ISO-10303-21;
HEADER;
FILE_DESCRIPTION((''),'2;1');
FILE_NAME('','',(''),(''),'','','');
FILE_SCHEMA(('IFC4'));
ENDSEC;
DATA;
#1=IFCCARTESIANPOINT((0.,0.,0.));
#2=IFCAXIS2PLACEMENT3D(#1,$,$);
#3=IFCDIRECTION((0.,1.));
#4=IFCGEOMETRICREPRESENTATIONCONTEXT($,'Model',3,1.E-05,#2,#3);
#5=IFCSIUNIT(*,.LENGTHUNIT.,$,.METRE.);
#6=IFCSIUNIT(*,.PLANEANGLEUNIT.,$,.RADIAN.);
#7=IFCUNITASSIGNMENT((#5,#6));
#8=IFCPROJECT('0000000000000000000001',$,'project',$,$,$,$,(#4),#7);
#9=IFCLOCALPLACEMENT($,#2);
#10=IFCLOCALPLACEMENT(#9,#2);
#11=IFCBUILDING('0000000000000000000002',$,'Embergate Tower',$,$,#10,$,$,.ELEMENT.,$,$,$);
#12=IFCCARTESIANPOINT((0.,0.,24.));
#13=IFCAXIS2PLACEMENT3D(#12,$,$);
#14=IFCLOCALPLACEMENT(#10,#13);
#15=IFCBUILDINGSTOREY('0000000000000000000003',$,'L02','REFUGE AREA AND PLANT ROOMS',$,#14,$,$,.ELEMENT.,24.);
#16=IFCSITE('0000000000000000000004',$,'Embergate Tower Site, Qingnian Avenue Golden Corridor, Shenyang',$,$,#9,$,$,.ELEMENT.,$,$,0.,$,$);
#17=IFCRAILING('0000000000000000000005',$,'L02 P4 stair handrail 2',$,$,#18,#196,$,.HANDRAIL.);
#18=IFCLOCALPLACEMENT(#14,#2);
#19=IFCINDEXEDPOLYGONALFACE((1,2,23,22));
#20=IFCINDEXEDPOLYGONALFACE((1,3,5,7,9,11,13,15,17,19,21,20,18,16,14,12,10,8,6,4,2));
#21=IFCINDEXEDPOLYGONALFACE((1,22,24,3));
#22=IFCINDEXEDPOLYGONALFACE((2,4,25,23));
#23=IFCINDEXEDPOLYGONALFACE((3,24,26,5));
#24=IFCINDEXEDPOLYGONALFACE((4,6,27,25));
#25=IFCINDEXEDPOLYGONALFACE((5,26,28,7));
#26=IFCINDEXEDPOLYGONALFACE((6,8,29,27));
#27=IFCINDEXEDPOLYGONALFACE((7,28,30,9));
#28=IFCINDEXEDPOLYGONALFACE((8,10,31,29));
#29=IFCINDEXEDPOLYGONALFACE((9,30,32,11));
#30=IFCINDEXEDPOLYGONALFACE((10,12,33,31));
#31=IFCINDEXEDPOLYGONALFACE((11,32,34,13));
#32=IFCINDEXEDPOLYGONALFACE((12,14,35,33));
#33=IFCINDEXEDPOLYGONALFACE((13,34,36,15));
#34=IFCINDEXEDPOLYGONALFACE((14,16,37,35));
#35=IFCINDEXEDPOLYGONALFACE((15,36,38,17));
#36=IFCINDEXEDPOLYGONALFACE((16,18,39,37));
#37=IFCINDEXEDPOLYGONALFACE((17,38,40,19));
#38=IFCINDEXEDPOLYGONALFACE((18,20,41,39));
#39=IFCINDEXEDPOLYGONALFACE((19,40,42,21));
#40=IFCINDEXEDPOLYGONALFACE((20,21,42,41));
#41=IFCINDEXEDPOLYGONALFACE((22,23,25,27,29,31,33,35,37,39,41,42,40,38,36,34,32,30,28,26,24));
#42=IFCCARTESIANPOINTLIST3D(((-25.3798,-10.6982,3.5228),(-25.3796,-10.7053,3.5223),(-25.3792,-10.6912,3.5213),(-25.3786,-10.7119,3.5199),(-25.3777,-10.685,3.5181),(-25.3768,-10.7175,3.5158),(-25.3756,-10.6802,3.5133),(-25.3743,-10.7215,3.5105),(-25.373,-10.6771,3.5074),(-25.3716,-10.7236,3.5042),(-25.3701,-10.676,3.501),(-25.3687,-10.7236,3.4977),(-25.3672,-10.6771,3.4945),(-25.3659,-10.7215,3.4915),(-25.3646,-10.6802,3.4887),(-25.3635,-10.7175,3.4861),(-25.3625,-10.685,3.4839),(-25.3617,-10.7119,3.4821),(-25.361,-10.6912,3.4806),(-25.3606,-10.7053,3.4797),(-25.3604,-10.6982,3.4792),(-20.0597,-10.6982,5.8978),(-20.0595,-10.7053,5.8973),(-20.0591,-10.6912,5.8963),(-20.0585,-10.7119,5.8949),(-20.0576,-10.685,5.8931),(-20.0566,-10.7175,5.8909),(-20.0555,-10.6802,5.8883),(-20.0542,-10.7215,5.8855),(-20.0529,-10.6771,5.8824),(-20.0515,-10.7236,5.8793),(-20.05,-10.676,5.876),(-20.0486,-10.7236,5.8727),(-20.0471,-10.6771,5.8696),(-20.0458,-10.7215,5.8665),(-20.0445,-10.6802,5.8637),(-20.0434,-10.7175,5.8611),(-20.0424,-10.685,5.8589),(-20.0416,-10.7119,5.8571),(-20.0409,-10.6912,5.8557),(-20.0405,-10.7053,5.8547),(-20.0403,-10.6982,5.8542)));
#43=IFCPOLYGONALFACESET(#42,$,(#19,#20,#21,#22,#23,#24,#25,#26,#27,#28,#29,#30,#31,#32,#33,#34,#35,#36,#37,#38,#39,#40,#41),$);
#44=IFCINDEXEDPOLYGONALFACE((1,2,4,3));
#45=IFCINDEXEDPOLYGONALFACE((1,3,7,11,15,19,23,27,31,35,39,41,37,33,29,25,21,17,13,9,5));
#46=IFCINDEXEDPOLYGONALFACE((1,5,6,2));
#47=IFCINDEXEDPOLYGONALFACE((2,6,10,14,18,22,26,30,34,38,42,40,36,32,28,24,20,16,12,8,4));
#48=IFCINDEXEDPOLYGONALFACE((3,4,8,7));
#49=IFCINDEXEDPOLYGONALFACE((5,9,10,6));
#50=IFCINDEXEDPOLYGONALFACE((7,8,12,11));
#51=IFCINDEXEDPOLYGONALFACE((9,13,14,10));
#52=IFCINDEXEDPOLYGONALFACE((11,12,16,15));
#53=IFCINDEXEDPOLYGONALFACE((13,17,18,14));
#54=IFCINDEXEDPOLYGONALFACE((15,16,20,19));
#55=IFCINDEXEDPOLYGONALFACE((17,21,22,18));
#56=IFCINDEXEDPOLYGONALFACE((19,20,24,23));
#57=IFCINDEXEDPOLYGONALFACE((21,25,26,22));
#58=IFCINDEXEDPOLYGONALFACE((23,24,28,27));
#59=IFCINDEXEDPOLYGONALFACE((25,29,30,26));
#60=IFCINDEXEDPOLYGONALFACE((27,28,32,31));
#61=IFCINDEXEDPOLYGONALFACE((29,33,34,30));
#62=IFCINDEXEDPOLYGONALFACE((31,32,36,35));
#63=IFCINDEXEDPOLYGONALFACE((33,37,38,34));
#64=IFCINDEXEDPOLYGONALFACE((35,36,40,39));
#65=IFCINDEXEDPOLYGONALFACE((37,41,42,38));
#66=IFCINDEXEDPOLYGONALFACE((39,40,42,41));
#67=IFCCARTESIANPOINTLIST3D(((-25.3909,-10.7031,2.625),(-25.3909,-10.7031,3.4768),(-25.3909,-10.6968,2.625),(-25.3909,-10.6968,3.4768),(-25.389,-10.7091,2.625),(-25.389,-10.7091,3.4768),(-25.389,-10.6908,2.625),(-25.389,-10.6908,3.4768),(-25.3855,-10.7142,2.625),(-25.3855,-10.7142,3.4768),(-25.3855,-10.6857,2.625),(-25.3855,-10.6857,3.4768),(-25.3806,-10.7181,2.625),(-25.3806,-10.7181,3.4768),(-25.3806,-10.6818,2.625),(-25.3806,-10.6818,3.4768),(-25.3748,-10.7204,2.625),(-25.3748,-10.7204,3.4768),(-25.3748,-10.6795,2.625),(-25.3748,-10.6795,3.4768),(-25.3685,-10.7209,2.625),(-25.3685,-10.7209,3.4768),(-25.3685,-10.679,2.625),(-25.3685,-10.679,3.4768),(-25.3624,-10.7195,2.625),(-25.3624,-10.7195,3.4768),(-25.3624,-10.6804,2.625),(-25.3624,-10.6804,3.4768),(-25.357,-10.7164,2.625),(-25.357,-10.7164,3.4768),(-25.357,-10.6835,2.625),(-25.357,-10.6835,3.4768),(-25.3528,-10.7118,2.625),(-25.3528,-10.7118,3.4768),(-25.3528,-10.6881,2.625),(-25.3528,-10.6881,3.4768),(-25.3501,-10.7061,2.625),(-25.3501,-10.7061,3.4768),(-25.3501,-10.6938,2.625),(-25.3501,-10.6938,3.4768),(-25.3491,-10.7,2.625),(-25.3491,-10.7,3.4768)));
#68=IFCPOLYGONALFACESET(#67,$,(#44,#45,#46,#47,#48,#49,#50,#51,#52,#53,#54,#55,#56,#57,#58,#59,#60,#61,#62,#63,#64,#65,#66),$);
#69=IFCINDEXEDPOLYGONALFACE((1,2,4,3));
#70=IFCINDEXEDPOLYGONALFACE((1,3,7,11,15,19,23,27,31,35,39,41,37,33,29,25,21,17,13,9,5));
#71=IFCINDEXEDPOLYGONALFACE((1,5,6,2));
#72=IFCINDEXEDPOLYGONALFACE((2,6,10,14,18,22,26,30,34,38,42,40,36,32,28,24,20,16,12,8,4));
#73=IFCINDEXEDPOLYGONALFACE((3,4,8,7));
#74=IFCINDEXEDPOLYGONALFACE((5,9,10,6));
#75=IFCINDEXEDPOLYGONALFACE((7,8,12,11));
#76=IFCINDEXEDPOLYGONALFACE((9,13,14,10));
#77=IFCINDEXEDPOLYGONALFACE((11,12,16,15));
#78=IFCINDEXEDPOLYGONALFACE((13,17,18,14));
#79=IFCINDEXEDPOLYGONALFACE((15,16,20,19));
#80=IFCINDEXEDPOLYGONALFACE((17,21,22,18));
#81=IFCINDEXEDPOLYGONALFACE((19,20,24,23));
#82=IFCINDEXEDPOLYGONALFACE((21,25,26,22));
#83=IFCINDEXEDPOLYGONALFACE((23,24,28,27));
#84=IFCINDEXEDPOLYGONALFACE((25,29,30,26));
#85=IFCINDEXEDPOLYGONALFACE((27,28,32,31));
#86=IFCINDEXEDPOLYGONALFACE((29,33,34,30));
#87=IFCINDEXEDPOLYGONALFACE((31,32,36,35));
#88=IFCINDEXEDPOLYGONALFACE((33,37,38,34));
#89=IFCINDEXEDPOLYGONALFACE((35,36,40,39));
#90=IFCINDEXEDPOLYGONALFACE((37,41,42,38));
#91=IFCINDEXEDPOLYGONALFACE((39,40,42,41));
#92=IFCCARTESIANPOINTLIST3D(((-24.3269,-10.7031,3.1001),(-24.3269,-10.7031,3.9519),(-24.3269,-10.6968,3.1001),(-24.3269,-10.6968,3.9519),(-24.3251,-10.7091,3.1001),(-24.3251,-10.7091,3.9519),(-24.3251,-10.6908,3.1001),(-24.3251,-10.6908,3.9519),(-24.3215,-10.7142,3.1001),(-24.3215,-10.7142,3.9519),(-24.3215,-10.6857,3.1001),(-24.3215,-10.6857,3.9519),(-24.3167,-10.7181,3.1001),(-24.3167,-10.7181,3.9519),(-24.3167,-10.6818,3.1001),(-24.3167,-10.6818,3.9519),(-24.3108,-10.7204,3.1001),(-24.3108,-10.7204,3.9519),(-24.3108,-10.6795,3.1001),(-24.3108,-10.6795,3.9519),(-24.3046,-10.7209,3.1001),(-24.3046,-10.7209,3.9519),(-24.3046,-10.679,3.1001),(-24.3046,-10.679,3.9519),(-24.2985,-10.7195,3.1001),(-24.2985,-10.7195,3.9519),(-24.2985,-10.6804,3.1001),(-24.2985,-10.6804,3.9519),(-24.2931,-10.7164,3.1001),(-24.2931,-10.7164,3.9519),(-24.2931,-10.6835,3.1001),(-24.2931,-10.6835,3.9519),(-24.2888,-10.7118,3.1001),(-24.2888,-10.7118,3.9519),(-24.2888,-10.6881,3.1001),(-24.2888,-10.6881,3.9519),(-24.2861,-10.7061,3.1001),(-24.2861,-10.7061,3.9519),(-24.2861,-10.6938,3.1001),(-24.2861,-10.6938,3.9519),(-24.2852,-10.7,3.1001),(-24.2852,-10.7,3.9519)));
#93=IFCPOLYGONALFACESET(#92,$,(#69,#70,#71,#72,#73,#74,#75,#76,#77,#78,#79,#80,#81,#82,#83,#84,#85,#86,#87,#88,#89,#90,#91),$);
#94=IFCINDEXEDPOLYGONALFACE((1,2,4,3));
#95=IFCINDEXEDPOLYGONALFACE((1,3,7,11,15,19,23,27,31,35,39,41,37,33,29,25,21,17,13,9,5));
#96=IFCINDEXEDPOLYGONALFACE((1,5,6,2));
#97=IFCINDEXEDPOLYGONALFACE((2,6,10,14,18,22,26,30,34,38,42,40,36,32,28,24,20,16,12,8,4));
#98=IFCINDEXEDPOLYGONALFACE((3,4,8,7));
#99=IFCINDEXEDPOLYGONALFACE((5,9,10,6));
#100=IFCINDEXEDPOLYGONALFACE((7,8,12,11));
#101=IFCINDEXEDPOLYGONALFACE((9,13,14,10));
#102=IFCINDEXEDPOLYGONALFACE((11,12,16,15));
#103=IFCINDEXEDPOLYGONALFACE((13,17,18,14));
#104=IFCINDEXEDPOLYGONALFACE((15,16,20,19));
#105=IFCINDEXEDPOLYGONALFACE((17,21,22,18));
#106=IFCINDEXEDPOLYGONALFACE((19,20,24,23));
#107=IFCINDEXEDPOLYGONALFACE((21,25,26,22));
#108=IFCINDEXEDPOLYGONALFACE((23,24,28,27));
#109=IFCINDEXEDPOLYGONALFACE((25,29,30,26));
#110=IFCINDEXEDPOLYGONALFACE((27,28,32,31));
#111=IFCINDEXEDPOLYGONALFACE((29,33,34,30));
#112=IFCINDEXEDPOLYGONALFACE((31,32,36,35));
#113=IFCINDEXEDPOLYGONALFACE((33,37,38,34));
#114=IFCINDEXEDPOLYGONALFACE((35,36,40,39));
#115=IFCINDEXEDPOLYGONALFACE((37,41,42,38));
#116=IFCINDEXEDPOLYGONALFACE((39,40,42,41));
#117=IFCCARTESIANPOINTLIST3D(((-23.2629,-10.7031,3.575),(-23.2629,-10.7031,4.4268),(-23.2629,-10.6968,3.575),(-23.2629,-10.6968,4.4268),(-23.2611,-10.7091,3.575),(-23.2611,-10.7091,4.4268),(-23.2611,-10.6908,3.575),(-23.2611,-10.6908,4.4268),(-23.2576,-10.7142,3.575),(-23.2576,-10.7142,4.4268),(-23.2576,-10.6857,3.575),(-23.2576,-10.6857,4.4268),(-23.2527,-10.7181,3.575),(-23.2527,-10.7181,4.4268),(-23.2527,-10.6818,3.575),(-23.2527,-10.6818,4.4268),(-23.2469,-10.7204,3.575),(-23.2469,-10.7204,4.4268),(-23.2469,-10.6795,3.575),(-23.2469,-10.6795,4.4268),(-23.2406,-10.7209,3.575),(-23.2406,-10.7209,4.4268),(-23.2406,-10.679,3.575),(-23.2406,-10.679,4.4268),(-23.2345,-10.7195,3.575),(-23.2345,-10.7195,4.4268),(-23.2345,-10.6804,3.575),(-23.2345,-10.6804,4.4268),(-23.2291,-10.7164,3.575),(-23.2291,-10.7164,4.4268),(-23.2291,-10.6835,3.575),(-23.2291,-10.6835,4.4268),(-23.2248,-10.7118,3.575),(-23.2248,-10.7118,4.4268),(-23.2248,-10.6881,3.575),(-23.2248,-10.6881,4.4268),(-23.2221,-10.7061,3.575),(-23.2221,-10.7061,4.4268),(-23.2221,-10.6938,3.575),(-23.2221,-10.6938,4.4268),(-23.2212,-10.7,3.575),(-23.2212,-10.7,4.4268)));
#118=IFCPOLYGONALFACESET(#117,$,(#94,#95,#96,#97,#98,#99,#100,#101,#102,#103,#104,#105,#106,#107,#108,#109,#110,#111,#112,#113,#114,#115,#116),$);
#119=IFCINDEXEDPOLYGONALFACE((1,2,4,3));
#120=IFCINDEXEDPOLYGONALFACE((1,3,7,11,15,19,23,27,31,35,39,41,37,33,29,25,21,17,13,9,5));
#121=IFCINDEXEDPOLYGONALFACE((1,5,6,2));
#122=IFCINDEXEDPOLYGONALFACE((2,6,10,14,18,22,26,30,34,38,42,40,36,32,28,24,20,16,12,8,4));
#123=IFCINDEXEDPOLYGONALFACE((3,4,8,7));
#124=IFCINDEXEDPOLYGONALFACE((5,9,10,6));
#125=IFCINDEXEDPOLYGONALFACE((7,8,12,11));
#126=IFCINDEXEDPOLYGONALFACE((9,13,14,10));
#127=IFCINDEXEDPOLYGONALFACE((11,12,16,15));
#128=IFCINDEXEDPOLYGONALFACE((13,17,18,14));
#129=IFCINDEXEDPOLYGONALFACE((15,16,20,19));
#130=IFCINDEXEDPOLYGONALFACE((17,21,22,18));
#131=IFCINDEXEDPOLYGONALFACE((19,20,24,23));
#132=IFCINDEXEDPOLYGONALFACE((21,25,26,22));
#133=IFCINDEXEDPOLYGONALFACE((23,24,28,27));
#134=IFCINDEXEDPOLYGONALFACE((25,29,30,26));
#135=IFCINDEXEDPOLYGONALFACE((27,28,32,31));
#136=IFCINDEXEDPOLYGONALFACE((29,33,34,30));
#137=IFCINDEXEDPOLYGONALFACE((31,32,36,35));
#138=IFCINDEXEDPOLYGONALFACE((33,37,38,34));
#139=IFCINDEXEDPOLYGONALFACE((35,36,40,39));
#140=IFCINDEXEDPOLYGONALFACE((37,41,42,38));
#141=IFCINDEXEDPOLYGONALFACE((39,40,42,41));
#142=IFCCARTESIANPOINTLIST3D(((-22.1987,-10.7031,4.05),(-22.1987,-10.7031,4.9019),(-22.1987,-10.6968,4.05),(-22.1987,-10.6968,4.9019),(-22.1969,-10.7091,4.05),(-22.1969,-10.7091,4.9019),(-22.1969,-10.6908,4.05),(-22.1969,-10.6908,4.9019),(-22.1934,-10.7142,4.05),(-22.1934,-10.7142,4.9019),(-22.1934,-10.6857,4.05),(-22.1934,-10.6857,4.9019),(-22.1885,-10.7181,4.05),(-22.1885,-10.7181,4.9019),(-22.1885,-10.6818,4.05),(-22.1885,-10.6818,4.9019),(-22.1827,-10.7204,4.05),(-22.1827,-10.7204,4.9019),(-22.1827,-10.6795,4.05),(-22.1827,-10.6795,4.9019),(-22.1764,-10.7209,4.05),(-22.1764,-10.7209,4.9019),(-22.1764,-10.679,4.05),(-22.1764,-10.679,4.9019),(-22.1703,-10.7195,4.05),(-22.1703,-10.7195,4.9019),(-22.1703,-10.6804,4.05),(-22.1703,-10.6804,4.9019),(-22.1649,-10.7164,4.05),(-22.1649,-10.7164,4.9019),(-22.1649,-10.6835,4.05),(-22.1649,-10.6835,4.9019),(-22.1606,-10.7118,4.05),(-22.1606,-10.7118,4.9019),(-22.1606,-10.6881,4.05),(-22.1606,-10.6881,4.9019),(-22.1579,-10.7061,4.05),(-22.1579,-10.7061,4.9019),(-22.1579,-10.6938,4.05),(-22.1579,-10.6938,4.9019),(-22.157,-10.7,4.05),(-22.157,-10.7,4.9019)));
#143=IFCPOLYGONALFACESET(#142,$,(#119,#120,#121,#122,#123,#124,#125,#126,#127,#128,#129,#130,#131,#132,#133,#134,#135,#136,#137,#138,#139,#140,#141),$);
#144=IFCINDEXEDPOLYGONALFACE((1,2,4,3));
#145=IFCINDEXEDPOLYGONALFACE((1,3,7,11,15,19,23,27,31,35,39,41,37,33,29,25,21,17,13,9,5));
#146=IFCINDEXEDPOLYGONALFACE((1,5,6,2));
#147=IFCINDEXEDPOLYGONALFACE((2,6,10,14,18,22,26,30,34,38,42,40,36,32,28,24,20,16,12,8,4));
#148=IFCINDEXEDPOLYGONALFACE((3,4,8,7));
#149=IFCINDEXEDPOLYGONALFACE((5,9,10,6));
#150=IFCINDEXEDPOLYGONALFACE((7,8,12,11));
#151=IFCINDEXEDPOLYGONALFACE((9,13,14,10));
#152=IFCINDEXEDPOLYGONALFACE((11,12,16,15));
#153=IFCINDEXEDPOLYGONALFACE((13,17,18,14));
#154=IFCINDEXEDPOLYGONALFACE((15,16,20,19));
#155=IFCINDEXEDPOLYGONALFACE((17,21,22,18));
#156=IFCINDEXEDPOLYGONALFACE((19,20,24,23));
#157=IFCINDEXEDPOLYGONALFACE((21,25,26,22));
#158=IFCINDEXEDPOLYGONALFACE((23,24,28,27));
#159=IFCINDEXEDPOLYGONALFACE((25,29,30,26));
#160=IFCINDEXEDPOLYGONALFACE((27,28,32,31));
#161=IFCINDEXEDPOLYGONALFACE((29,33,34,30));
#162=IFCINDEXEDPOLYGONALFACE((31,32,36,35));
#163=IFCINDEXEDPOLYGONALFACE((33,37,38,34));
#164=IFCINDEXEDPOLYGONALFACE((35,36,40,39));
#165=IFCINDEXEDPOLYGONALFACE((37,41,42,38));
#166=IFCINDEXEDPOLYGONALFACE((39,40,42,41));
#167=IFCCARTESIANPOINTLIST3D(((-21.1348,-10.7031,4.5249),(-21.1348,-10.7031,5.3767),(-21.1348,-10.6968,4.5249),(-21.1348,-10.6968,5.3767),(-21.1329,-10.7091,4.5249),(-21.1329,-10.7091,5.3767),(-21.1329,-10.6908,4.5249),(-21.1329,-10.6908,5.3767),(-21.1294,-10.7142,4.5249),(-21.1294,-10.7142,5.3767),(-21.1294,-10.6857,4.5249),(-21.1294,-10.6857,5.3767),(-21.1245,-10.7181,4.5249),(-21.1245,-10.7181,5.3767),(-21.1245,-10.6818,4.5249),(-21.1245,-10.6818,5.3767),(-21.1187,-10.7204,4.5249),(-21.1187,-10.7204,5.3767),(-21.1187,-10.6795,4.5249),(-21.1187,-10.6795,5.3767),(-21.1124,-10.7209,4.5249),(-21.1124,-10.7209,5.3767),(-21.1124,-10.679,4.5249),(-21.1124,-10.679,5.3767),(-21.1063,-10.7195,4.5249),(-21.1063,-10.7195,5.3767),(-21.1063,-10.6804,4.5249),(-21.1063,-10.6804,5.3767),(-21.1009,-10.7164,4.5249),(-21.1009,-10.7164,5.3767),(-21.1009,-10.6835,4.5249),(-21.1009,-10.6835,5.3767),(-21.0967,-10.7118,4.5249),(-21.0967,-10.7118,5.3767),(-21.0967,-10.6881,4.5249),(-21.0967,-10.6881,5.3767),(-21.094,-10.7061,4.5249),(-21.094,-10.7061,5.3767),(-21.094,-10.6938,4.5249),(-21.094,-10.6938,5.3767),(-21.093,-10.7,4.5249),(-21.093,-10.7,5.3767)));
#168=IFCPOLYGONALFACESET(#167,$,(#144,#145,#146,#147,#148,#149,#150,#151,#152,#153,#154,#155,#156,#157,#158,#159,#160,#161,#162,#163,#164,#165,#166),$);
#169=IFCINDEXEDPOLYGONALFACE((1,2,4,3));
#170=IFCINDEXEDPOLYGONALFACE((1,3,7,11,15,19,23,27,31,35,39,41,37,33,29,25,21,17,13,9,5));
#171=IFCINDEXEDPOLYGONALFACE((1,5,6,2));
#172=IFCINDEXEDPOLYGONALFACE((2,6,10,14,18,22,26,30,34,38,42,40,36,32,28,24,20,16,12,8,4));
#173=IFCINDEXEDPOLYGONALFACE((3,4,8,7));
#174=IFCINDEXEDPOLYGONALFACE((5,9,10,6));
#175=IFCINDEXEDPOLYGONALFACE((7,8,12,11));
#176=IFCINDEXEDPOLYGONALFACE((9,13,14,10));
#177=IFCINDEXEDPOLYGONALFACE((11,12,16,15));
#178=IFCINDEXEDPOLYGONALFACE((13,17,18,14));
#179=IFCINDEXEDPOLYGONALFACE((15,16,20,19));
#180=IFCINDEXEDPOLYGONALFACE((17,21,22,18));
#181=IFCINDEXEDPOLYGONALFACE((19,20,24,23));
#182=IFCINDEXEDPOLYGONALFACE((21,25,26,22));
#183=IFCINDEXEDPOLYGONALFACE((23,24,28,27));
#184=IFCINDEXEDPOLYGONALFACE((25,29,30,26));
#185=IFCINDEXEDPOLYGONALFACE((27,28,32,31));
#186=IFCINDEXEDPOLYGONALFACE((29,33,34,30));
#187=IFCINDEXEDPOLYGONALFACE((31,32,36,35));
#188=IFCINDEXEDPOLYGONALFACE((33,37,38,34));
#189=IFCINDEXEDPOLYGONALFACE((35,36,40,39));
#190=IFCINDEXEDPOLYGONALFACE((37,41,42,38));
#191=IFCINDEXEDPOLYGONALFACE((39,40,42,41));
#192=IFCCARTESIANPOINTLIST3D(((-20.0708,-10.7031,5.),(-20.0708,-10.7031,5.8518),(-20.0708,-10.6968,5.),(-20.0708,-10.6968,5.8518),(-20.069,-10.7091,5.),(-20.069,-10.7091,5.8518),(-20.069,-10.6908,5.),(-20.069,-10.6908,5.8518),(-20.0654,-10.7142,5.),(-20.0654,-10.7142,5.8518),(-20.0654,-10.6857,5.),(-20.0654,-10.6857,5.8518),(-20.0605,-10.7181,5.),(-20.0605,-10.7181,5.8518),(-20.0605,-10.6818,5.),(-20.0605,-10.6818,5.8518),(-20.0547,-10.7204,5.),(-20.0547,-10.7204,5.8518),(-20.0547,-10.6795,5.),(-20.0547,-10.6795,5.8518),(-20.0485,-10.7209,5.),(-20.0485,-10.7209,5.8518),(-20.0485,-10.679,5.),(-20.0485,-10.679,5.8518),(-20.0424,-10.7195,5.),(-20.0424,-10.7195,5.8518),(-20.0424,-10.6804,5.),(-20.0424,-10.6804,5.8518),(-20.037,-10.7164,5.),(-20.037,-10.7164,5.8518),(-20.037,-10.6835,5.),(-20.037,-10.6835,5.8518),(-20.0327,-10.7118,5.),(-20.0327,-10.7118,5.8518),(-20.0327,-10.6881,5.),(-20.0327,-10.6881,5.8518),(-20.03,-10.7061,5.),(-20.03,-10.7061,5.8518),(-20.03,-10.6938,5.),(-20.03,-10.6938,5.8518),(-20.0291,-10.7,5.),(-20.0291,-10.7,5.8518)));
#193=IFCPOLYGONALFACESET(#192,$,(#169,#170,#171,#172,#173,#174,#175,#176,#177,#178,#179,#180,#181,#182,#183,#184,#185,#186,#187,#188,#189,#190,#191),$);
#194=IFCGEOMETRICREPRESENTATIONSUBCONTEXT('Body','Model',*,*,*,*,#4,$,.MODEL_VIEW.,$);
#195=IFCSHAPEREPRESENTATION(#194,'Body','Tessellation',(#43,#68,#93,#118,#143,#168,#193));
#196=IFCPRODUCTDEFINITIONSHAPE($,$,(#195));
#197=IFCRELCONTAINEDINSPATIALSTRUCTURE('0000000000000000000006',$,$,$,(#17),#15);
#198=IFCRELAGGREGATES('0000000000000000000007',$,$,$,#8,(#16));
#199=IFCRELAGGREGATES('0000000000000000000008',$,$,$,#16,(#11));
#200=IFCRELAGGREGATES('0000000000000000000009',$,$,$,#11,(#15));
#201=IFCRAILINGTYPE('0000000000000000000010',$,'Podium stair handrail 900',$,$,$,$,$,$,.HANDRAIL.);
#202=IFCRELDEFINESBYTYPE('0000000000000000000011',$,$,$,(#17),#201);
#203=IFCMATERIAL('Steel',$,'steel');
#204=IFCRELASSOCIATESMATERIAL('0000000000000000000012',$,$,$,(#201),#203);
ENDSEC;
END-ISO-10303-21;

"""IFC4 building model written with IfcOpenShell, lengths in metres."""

from ifc_helpers import new_model, si_unit, direction, frame, origin, origin_2d, place, context, subcontext, project, spatial, circle, extrude, source, transform, mapped, material, type_object, element, save


model = new_model("IFC4")

# Units and contexts
model_context = context("Model", 3, precision=1e-05, world=origin(), true_north=direction((0.0, 1.0)))
body_context = subcontext(model_context, "Body", "Model", "MODEL_VIEW")
ifc_project = project(units=[si_unit("LENGTHUNIT", "METRE"), si_unit("PLANEANGLEUNIT", "RADIAN")], contexts=[model_context])

# Site, building, storey
site_placement = place(None, origin())
site = spatial("IfcSite", under=ifc_project, at=site_placement, Name="Embergate Tower Site, Qingnian Avenue Golden Corridor, Shenyang", CompositionType="ELEMENT", RefElevation=0.0)
building_placement = place(site_placement, origin())
building = spatial("IfcBuilding", under=site, at=building_placement, Name="Embergate Tower", CompositionType="ELEMENT")
storey_placement = place(building_placement, frame((0.0, 0.0, 24.0)))
storey = spatial("IfcBuildingStorey", under=building, at=storey_placement, Name="L02", Description="REFUGE AREA AND PLANT ROOMS", CompositionType="ELEMENT", Elevation=24.0)

# Railing
ifc_material_1 = material(Name="Steel", Category="steel")
railing_type_1 = type_object("IfcRailingType", Name="Podium stair handrail 900", PredefinedType="HANDRAIL", material=ifc_material_1)
shared_shape_1 = source(origin(), body_context, "Body", "SweptSolid", [
    extrude(circle(Radius=0.0239, at=origin_2d()), frame((0.0, 0.0, 0.876), z_axis=(0.91314, 0.0, 0.407646), x_axis=(0.0, 1.0, 0.0)), (0.0, 0.0, 1.0), 5.8262),
    extrude(circle(Radius=0.021, at=origin_2d()), origin(), (0.0, 0.0, 1.0), 0.8518),
    extrude(circle(Radius=0.021, at=origin_2d()), frame((1.064, 0.0, 0.4751)), (0.0, 0.0, 1.0), 0.8518),
    extrude(circle(Radius=0.021, at=origin_2d()), frame((2.1279, 0.0, 0.95)), (0.0, 0.0, 1.0), 0.8518),
    extrude(circle(Radius=0.021, at=origin_2d()), frame((3.1921, 0.0, 1.425)), (0.0, 0.0, 1.0), 0.8518),
    extrude(circle(Radius=0.021, at=origin_2d()), frame((4.2561, 0.0, 1.8999)), (0.0, 0.0, 1.0), 0.8518),
    extrude(circle(Radius=0.021, at=origin_2d()), frame((5.3201, 0.0, 2.375)), (0.0, 0.0, 1.0), 0.8518),
])
railing_1_placement = place(storey_placement, frame((-25.3701, -10.7, 2.625)))
element("IfcRailing", 1, at=railing_1_placement, inside=storey, type_object=railing_type_1, Name="L02 P4 stair handrail 2", PredefinedType="HANDRAIL", context=body_context, shape_type="MappedRepresentation", body=[
    mapped(shared_shape_1, transform((0.0, 0.0, 0.0))),
])

save(model, "model.ifc")
